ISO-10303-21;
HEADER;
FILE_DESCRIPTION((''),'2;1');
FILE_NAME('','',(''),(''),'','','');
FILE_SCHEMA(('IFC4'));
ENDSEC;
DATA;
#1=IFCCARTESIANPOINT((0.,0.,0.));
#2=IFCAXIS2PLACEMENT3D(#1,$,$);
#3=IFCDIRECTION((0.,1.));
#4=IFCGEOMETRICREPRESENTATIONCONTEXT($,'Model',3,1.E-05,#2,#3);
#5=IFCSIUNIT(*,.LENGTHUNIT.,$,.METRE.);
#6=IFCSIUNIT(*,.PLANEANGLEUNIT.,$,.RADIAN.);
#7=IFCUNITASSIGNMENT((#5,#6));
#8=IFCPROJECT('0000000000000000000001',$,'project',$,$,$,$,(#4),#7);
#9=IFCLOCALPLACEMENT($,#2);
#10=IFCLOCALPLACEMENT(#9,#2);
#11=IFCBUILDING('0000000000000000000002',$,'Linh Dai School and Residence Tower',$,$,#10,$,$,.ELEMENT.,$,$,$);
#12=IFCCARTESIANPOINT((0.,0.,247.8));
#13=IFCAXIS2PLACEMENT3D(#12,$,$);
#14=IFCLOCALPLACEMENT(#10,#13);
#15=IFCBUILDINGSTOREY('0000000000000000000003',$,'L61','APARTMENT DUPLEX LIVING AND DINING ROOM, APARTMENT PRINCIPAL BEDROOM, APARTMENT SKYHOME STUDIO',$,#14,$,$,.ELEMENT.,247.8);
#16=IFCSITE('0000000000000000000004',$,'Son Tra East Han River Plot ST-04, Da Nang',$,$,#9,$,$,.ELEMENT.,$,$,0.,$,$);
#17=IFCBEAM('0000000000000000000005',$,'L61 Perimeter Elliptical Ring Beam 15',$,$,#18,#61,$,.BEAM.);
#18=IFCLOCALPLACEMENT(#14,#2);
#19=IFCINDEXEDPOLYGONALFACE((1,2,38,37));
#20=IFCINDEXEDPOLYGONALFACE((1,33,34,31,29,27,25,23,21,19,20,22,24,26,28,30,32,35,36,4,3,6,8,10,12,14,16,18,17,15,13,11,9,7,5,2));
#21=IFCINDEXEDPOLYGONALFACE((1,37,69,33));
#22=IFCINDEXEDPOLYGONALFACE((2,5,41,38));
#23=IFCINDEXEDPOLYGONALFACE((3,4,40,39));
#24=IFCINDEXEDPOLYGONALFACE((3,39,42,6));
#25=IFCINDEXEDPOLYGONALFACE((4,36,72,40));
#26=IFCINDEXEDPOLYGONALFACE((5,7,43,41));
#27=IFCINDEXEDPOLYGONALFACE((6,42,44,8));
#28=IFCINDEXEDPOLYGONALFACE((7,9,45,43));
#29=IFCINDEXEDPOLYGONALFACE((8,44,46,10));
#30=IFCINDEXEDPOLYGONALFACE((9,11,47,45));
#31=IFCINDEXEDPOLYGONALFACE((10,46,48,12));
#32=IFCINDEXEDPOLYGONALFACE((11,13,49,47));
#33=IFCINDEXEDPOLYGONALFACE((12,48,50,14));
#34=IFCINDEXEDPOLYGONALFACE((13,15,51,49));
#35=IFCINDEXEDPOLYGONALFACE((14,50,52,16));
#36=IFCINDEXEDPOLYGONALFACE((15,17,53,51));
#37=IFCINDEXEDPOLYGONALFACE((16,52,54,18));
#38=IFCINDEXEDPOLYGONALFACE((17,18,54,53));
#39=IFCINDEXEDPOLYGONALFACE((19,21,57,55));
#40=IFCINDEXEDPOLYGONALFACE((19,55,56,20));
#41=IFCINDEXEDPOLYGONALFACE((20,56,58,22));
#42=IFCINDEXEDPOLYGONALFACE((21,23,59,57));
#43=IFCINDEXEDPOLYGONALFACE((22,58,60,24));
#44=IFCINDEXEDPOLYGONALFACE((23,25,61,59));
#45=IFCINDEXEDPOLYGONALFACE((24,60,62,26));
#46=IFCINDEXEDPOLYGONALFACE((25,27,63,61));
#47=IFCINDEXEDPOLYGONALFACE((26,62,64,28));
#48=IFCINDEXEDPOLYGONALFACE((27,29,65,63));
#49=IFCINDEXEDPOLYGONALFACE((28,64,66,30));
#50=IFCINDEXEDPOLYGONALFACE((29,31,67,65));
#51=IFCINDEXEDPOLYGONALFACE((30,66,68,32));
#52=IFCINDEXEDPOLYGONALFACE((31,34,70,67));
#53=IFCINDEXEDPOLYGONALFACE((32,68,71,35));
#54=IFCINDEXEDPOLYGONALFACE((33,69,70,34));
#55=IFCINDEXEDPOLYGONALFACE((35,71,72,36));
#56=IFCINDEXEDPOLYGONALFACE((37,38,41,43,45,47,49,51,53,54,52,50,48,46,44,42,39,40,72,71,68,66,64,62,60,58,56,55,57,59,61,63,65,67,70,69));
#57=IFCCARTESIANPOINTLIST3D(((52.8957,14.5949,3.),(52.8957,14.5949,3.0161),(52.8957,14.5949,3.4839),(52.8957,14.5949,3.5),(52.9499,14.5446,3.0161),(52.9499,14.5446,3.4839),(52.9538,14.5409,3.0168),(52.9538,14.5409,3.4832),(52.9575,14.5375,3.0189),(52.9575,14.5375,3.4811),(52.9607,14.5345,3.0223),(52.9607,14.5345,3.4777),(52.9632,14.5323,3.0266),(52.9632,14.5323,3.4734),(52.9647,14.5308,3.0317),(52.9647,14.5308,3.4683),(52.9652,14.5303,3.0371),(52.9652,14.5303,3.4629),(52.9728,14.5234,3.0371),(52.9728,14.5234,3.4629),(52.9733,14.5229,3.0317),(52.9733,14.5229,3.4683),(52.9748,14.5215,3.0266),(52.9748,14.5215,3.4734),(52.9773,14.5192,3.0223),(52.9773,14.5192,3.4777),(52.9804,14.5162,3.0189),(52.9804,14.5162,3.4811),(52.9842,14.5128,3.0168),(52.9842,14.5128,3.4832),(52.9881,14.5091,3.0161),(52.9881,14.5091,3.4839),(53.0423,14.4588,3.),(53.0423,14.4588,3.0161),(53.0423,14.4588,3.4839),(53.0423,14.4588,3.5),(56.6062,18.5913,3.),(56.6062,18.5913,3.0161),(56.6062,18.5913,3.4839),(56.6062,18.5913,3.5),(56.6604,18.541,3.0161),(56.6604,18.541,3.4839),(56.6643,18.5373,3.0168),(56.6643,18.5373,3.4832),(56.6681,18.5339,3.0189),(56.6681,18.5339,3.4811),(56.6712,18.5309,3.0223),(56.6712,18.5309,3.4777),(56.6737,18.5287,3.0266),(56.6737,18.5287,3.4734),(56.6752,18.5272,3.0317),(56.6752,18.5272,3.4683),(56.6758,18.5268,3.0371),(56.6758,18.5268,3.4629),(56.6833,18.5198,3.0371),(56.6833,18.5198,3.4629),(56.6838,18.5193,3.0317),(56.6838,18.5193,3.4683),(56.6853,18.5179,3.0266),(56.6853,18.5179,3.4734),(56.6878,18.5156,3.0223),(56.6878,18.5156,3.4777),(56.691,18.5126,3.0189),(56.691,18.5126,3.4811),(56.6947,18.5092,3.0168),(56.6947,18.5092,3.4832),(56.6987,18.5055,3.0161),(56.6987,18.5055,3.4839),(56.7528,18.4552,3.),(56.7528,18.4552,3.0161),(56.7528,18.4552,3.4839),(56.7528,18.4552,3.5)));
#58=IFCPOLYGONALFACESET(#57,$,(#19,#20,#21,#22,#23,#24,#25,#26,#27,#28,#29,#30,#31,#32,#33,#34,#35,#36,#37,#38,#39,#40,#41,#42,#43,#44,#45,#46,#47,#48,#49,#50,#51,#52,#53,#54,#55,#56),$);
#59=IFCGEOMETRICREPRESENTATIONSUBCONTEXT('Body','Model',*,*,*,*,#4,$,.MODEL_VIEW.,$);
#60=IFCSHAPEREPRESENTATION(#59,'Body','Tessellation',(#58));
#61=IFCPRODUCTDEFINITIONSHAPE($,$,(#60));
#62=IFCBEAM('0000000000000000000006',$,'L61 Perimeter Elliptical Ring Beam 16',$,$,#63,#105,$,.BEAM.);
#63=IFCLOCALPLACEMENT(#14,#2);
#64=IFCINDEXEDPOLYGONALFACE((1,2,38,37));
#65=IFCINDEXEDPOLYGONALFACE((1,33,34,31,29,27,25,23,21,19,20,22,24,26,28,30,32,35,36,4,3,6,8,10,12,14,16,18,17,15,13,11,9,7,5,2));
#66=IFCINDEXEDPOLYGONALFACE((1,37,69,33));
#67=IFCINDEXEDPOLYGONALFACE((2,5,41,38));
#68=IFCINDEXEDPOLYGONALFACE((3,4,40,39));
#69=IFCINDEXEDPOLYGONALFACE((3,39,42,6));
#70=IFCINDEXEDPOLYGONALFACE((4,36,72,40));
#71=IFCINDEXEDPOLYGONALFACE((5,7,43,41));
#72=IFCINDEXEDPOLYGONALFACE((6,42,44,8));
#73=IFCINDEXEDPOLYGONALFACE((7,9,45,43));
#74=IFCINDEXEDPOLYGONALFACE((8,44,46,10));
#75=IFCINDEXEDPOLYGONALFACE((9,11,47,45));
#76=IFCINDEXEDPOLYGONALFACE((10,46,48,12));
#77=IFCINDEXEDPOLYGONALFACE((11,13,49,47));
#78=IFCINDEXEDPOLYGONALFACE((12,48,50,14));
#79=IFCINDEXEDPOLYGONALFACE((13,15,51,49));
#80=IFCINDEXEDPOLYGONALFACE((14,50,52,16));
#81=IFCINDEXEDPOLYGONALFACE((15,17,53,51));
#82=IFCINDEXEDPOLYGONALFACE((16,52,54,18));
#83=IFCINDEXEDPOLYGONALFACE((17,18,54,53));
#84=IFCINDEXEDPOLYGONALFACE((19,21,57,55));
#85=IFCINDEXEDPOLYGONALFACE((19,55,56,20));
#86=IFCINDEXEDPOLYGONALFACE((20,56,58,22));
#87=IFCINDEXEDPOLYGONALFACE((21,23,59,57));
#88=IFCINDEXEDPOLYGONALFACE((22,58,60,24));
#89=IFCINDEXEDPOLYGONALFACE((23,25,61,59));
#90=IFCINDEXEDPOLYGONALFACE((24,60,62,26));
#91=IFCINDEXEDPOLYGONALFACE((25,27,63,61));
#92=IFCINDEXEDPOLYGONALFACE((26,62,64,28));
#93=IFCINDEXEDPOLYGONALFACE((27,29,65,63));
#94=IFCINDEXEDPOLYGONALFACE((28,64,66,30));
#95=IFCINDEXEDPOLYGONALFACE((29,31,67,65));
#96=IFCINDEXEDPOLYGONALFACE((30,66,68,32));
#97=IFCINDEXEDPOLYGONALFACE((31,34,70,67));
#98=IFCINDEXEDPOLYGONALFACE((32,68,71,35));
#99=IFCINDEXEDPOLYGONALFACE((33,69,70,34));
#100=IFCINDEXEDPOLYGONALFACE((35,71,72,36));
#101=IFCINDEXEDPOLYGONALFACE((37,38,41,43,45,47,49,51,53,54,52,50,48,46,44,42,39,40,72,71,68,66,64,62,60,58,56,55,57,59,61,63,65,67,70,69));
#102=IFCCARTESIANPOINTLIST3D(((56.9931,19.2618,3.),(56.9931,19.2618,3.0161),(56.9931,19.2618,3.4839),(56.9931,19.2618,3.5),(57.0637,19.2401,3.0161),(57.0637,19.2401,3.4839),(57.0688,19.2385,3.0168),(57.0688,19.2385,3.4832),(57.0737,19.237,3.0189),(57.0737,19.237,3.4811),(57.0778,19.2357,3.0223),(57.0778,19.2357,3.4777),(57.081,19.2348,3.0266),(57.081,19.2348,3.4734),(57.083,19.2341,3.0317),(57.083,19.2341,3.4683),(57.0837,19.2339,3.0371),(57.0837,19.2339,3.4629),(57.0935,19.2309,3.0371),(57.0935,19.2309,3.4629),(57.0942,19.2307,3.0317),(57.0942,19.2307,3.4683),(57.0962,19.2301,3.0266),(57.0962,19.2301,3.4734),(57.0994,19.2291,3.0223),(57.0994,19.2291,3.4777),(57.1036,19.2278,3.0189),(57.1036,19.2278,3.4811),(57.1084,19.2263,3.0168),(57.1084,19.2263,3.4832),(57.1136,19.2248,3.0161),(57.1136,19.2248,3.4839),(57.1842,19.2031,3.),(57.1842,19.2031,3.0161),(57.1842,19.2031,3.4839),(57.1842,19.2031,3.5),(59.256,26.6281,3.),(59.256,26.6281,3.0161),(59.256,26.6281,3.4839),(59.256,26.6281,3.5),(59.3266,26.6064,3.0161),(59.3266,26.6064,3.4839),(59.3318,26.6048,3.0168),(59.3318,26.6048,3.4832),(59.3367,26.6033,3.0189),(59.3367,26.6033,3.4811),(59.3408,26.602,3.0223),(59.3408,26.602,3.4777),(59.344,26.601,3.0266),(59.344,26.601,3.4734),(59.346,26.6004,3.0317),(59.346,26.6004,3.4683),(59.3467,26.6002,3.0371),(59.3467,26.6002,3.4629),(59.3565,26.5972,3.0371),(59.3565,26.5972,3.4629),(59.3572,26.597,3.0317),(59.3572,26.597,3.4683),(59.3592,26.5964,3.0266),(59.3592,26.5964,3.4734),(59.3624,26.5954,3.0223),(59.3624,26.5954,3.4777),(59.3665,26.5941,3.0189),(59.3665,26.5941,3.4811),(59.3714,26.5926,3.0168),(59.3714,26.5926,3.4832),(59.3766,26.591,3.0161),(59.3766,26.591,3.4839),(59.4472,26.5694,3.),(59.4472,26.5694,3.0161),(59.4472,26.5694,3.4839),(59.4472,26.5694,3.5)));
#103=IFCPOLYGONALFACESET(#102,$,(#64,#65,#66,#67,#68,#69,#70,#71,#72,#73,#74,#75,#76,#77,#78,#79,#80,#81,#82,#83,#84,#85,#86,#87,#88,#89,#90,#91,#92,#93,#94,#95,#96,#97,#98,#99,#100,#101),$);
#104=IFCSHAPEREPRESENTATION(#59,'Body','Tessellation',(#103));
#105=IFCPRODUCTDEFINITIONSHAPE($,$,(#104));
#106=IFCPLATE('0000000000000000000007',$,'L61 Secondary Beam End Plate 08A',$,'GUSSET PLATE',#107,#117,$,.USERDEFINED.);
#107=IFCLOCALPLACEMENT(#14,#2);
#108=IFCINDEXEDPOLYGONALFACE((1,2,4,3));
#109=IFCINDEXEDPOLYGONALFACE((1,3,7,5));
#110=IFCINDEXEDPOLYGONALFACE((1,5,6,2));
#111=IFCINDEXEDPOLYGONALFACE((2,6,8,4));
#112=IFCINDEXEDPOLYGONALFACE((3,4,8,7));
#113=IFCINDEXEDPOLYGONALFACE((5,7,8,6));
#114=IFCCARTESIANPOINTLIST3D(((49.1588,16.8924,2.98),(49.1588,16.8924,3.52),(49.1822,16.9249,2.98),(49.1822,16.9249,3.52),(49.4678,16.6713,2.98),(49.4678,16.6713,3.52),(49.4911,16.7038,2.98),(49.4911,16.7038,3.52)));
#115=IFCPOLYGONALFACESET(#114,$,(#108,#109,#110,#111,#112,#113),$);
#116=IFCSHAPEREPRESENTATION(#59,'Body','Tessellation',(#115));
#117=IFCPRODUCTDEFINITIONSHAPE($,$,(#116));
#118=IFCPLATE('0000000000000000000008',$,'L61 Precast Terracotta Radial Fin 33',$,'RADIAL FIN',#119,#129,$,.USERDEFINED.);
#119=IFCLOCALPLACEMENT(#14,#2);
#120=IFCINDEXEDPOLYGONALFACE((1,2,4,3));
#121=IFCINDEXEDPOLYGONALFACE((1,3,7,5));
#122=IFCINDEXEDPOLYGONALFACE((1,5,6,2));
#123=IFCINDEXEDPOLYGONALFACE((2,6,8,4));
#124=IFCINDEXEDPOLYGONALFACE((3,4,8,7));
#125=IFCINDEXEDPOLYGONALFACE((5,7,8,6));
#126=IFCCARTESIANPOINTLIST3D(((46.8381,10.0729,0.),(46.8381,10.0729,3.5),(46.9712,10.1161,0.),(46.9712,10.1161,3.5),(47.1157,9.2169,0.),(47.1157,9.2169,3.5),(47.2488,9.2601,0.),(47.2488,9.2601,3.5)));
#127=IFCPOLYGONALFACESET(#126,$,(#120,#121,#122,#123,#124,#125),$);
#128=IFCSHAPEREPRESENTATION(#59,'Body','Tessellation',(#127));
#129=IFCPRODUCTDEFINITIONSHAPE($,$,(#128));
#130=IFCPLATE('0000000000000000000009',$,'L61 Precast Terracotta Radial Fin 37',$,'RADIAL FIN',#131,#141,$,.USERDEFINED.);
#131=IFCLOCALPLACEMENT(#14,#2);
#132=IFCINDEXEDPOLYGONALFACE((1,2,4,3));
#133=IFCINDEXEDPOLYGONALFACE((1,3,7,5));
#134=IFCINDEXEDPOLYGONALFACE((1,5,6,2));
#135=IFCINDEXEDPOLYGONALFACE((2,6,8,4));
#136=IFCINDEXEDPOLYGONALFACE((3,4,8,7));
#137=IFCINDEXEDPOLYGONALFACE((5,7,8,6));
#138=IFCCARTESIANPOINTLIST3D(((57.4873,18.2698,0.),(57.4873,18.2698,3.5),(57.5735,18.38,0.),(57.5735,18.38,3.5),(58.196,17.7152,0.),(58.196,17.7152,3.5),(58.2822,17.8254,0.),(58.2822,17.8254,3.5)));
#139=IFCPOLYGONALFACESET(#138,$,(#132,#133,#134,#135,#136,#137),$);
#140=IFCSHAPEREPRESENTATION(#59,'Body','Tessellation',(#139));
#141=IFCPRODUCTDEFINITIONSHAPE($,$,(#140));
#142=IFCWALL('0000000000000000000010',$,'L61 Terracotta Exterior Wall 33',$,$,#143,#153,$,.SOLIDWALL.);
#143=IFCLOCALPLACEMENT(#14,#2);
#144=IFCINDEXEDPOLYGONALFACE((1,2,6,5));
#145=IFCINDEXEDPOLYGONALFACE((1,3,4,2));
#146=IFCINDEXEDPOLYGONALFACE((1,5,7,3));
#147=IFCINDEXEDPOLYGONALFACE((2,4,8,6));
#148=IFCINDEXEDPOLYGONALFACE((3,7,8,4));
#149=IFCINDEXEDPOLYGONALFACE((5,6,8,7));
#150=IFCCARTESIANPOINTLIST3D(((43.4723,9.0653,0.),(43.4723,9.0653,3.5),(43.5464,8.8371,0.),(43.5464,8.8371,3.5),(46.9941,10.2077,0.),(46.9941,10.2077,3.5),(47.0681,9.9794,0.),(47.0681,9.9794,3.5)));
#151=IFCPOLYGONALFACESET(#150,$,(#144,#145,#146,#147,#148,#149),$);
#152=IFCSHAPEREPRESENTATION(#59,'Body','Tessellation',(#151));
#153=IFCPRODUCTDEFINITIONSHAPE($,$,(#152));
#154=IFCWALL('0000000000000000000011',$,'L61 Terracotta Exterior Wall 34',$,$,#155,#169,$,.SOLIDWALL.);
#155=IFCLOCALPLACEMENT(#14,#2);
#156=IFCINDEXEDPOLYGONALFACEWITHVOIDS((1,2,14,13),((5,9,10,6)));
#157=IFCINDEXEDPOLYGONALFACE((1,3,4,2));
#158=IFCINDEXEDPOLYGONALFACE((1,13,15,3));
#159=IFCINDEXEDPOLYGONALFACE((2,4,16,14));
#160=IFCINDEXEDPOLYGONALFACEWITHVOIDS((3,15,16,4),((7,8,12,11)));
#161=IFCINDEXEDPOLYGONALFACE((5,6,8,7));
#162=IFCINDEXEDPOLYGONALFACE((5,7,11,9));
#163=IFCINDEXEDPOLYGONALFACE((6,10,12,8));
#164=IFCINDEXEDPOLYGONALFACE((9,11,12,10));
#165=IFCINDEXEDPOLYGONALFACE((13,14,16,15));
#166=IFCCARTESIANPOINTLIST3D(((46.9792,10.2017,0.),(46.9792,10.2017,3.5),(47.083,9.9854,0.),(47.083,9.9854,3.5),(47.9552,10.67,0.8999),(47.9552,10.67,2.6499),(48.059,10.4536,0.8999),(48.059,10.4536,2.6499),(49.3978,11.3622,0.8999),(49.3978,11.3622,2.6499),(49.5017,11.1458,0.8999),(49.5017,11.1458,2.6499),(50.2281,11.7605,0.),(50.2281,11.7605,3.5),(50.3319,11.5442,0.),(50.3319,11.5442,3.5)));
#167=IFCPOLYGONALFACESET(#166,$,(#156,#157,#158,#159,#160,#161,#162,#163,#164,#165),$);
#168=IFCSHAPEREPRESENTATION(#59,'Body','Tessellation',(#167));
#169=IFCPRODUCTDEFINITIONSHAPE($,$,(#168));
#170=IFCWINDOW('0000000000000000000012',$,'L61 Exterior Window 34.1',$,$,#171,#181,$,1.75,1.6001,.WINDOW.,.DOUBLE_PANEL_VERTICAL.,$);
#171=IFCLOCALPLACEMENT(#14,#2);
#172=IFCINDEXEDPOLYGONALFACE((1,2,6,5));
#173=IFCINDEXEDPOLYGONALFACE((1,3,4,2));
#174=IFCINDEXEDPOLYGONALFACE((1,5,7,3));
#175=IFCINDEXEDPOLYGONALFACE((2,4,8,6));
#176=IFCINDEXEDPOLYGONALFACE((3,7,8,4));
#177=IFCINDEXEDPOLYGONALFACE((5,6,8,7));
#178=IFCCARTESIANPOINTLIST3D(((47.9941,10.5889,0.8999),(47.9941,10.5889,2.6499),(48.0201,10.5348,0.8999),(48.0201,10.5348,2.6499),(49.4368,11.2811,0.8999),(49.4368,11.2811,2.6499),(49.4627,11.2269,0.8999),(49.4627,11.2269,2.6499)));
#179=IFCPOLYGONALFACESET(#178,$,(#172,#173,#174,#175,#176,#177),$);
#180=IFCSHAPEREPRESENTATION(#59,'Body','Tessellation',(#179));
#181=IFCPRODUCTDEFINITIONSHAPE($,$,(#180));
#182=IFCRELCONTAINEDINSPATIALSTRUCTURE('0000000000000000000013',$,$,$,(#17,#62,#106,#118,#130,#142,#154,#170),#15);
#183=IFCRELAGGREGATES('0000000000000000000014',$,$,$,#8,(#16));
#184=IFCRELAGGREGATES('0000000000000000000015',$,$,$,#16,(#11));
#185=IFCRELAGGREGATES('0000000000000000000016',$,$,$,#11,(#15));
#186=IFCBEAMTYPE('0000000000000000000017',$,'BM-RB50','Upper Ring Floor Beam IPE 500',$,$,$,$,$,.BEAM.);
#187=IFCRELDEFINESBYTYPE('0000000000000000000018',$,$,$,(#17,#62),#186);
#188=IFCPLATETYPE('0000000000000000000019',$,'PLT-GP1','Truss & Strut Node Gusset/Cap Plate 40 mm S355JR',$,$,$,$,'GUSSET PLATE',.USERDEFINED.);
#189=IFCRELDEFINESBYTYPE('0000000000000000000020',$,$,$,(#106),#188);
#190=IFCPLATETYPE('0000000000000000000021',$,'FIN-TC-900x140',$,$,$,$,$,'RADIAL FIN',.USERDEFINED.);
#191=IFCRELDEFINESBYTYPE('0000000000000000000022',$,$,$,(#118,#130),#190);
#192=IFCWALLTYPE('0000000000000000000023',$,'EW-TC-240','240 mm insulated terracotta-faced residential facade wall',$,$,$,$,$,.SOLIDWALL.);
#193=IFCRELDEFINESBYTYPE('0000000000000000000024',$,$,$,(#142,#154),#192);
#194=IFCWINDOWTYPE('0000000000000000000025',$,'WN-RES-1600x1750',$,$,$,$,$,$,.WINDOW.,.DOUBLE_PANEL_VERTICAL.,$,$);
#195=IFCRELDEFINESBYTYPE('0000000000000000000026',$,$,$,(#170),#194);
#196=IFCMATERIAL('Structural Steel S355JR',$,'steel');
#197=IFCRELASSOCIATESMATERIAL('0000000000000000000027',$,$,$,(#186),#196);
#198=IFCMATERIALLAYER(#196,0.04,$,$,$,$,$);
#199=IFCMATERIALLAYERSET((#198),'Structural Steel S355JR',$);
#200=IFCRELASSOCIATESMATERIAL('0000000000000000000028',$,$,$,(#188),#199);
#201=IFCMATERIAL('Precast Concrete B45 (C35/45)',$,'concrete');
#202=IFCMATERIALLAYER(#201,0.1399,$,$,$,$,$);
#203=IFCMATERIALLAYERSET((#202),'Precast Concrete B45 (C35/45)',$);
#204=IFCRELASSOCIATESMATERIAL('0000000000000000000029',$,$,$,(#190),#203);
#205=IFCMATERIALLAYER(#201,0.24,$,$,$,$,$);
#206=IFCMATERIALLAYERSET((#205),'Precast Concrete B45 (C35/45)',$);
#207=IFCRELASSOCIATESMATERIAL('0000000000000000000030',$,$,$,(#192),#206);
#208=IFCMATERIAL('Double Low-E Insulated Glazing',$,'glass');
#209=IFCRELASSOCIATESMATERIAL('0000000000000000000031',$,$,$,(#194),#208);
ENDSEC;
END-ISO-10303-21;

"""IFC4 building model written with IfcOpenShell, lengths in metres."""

from ifc_helpers import new_model, si_unit, direction, frame, frame_2d, origin, origin_2d, place, context, subcontext, project, spatial, rectangle, i_section, extrude, source, transform, mapped, material, layer, layer_set, material_profile, profile_set, type_object, element, fill, save


model = new_model("IFC4")

# Units and contexts
model_context = context("Model", 3, precision=1e-05, world=origin(), true_north=direction((0.0, 1.0)))
body_context = subcontext(model_context, "Body", "Model", "MODEL_VIEW")
ifc_project = project(units=[si_unit("LENGTHUNIT", "METRE"), si_unit("PLANEANGLEUNIT", "RADIAN")], contexts=[model_context])

# Site, building, storey
site_placement = place(None, origin())
site = spatial("IfcSite", under=ifc_project, at=site_placement, Name="Son Tra East Han River Plot ST-04, Da Nang", CompositionType="ELEMENT", RefElevation=0.0)
building_placement = place(site_placement, origin())
building = spatial("IfcBuilding", under=site, at=building_placement, Name="Linh Dai School and Residence Tower", CompositionType="ELEMENT")
storey_placement = place(building_placement, frame((0.0, 0.0, 247.8)))
storey = spatial("IfcBuildingStorey", under=building, at=storey_placement, Name="L61", Description="APARTMENT DUPLEX LIVING AND DINING ROOM, APARTMENT PRINCIPAL BEDROOM, APARTMENT SKYHOME STUDIO", CompositionType="ELEMENT", Elevation=247.8)

# Shared definitions
ifc_material_1 = material(Name="Structural Steel S355JR", Category="steel")

# Beams
ifc_material_profile_1 = material_profile(ifc_material_1, i_section(OverallWidth=0.2, OverallDepth=0.5, WebThickness=0.0103, FlangeThickness=0.0161, FilletRadius=0.021, at=origin_2d()), Name="IPE 500")
ifc_profile_set_1 = profile_set([ifc_material_profile_1], Name="Structural Steel S355JR")
beam_type_1 = type_object("IfcBeamType", Name="BM-RB50", Description="Upper Ring Floor Beam IPE 500", PredefinedType="BEAM", material=ifc_profile_set_1)
beam_1_placement = place(storey_placement, frame((52.969, 14.5269, 3.25), z_axis=(0.680408, 0.732833, 0.0), x_axis=(-0.732833, 0.680408, 0.0)))
element("IfcBeam", 1, at=beam_1_placement, inside=storey, type_object=beam_type_1, Name="L61 Perimeter Elliptical Ring Beam 15", PredefinedType="BEAM", context=body_context, shape_type="SweptSolid", body=[
    extrude(i_section(OverallWidth=0.2, OverallDepth=0.5, WebThickness=0.0103, FlangeThickness=0.0161, FilletRadius=0.021, at=origin_2d()), origin(), (0.0, 0.0, 1.0), 5.4534),
])
beam_2_placement = place(storey_placement, frame((57.0886, 19.2324, 3.25), z_axis=(0.293661, 0.95591, 0.0), x_axis=(-0.95591, 0.293661, 0.0)))
element("IfcBeam", 2, at=beam_2_placement, inside=storey, type_object=beam_type_1, Name="L61 Perimeter Elliptical Ring Beam 16", PredefinedType="BEAM", context=body_context, shape_type="SweptSolid", body=[
    extrude(i_section(OverallWidth=0.2, OverallDepth=0.5, WebThickness=0.0103, FlangeThickness=0.0161, FilletRadius=0.021, at=origin_2d()), origin(), (0.0, 0.0, 1.0), 7.7061),
])

# Plates
ifc_layer_1 = layer(ifc_material_1, 0.04)
ifc_layer_set_1 = layer_set([ifc_layer_1], Name="Structural Steel S355JR")
plate_type_1 = type_object("IfcPlateType", Name="PLT-GP1", Description="Truss & Strut Node Gusset/Cap Plate 40 mm S355JR", ElementType="GUSSET PLATE", PredefinedType="USERDEFINED", material=ifc_layer_set_1)
shared_shape_1 = source(origin(), body_context, "Body", "SweptSolid", [
    extrude(rectangle(XDim=0.04, YDim=0.3799, at=origin_2d()), origin(), (0.0, 0.0, 1.0), 0.54),
])
plate_placement = place(storey_placement, frame((49.325, 16.7981, 2.98), z_axis=(0.0, 0.0, 1.0), x_axis=(0.58204, 0.81316, 0.0)))
element("IfcPlate", 3, at=plate_placement, inside=storey, type_object=plate_type_1, Name="L61 Secondary Beam End Plate 08A", ObjectType="GUSSET PLATE", PredefinedType="USERDEFINED", context=body_context, shape_type="MappedRepresentation", body=[
    mapped(shared_shape_1, transform((0.0, 0.0, 0.0), x_axis=(1.0, 0.0, 0.0), y_axis=(0.0, 1.0, 0.0), z_axis=(0.0, 0.0, 1.0), scale=1.0)),
])
ifc_material_2 = material(Name="Precast Concrete B45 (C35/45)", Category="concrete")
ifc_layer_2 = layer(ifc_material_2, 0.1399)
ifc_layer_set_2 = layer_set([ifc_layer_2], Name="Precast Concrete B45 (C35/45)")
plate_type_2 = type_object("IfcPlateType", Name="FIN-TC-900x140", ElementType="RADIAL FIN", PredefinedType="USERDEFINED", material=ifc_layer_set_2)
shared_shape_2 = source(origin(), body_context, "Body", "SweptSolid", [
    extrude(rectangle(XDim=0.8999, YDim=0.1399, at=origin_2d()), origin(), (0.0, 0.0, 1.0), 3.5),
])
for number, where, z_axis, x_axis, name in (
    (4, (47.0435, 9.6665, 0.0), (0.0, 0.0, 1.0), (0.308501, -0.951224, 0.0), "L61 Precast Terracotta Radial Fin 33"),
    (5, (57.8848, 18.0476, 0.0), (0.0, 0.0, 1.0), (0.787485, -0.616334, 0.0), "L61 Precast Terracotta Radial Fin 37"),
):
    element("IfcPlate", number, at=place(storey_placement, frame(where, z_axis=z_axis, x_axis=x_axis)), inside=storey, type_object=plate_type_2, Name=name, ObjectType="RADIAL FIN", PredefinedType="USERDEFINED", context=body_context, shape_type="MappedRepresentation", body=[
        mapped(shared_shape_2, transform((0.0, 0.0, 0.0), x_axis=(1.0, 0.0, 0.0), y_axis=(0.0, 1.0, 0.0), z_axis=(0.0, 0.0, 1.0), scale=1.0)),
    ])

# Wall
ifc_layer_3 = layer(ifc_material_2, 0.24)
ifc_layer_set_3 = layer_set([ifc_layer_3], Name="Precast Concrete B45 (C35/45)")
wall_type_1 = type_object("IfcWallType", Name="EW-TC-240", Description="240 mm insulated terracotta-faced residential facade wall", PredefinedType="SOLIDWALL", material=ifc_layer_set_3)
wall_1_placement = place(storey_placement, frame((47.031, 10.0935, 0.0), z_axis=(0.0, 0.0, 1.0), x_axis=(-0.951211, -0.308542, 0.0)))
element("IfcWall", 6, at=wall_1_placement, inside=storey, type_object=wall_type_1, Name="L61 Terracotta Exterior Wall 33", PredefinedType="SOLIDWALL", context=body_context, shape_type="SweptSolid", body=[
    extrude(rectangle(XDim=3.7024, YDim=0.24, at=frame_2d((1.8511, 0.0))), origin(), (0.0, 0.0, 1.0), 3.5),
])

# Wall, opening, window
wall_2_placement = place(storey_placement, frame((50.28, 11.6523, 0.0), z_axis=(0.0, 0.0, 1.0), x_axis=(-0.901598, -0.432575, 0.0)))
wall_2 = element("IfcWall", 7, at=wall_2_placement, inside=storey, type_object=wall_type_1, Name="L61 Terracotta Exterior Wall 34", PredefinedType="SOLIDWALL", context=body_context, shape_type="SweptSolid", body=[
    extrude(rectangle(XDim=3.6035, YDim=0.24, at=frame_2d((1.8018, 0.0))), origin(), (0.0, 0.0, 1.0), 3.5),
])
opening_1_placement = place(wall_2_placement, frame((0.9209, 0.0, 0.8999)))
opening_1 = element("IfcOpeningElement", 8, at=opening_1_placement, cuts=wall_2, PredefinedType="OPENING", context=body_context, shape_type="SweptSolid", body=[
    extrude(rectangle(XDim=1.6001, YDim=1.75, at=origin_2d()), frame((0.8, 0.1299, 0.875), z_axis=(0.0, -1.0, 0.0), x_axis=(1.0, 0.0, 0.0)), (0.0, 0.0, 1.0), 0.26),
])
ifc_material_3 = material(Name="Double Low-E Insulated Glazing", Category="glass")
window_type = type_object("IfcWindowType", Name="WN-RES-1600x1750", PartitioningType="DOUBLE_PANEL_VERTICAL", PredefinedType="WINDOW", material=ifc_material_3)
shared_shape_3 = source(origin(), body_context, "Body", "SweptSolid", [
    extrude(rectangle(XDim=1.6001, YDim=1.75, at=origin_2d()), frame((0.8, 0.03, 0.875), z_axis=(0.0, -1.0, 0.0), x_axis=(1.0, 0.0, 0.0)), (0.0, 0.0, 1.0), 0.0601),
])
window_placement = place(opening_1_placement, origin())
window = element("IfcWindow", 9, at=window_placement, inside=storey, type_object=window_type, Name="L61 Exterior Window 34.1", OverallHeight=1.75, OverallWidth=1.6001, PartitioningType="DOUBLE_PANEL_VERTICAL", PredefinedType="WINDOW", context=body_context, shape_type="MappedRepresentation", body=[
    mapped(shared_shape_3, transform((0.0, 0.0, 0.0), x_axis=(1.0, 0.0, 0.0), y_axis=(0.0, 1.0, 0.0), z_axis=(0.0, 0.0, 1.0), scale=1.0)),
])
fill(opening_1, window)

save(model, "model.ifc")
